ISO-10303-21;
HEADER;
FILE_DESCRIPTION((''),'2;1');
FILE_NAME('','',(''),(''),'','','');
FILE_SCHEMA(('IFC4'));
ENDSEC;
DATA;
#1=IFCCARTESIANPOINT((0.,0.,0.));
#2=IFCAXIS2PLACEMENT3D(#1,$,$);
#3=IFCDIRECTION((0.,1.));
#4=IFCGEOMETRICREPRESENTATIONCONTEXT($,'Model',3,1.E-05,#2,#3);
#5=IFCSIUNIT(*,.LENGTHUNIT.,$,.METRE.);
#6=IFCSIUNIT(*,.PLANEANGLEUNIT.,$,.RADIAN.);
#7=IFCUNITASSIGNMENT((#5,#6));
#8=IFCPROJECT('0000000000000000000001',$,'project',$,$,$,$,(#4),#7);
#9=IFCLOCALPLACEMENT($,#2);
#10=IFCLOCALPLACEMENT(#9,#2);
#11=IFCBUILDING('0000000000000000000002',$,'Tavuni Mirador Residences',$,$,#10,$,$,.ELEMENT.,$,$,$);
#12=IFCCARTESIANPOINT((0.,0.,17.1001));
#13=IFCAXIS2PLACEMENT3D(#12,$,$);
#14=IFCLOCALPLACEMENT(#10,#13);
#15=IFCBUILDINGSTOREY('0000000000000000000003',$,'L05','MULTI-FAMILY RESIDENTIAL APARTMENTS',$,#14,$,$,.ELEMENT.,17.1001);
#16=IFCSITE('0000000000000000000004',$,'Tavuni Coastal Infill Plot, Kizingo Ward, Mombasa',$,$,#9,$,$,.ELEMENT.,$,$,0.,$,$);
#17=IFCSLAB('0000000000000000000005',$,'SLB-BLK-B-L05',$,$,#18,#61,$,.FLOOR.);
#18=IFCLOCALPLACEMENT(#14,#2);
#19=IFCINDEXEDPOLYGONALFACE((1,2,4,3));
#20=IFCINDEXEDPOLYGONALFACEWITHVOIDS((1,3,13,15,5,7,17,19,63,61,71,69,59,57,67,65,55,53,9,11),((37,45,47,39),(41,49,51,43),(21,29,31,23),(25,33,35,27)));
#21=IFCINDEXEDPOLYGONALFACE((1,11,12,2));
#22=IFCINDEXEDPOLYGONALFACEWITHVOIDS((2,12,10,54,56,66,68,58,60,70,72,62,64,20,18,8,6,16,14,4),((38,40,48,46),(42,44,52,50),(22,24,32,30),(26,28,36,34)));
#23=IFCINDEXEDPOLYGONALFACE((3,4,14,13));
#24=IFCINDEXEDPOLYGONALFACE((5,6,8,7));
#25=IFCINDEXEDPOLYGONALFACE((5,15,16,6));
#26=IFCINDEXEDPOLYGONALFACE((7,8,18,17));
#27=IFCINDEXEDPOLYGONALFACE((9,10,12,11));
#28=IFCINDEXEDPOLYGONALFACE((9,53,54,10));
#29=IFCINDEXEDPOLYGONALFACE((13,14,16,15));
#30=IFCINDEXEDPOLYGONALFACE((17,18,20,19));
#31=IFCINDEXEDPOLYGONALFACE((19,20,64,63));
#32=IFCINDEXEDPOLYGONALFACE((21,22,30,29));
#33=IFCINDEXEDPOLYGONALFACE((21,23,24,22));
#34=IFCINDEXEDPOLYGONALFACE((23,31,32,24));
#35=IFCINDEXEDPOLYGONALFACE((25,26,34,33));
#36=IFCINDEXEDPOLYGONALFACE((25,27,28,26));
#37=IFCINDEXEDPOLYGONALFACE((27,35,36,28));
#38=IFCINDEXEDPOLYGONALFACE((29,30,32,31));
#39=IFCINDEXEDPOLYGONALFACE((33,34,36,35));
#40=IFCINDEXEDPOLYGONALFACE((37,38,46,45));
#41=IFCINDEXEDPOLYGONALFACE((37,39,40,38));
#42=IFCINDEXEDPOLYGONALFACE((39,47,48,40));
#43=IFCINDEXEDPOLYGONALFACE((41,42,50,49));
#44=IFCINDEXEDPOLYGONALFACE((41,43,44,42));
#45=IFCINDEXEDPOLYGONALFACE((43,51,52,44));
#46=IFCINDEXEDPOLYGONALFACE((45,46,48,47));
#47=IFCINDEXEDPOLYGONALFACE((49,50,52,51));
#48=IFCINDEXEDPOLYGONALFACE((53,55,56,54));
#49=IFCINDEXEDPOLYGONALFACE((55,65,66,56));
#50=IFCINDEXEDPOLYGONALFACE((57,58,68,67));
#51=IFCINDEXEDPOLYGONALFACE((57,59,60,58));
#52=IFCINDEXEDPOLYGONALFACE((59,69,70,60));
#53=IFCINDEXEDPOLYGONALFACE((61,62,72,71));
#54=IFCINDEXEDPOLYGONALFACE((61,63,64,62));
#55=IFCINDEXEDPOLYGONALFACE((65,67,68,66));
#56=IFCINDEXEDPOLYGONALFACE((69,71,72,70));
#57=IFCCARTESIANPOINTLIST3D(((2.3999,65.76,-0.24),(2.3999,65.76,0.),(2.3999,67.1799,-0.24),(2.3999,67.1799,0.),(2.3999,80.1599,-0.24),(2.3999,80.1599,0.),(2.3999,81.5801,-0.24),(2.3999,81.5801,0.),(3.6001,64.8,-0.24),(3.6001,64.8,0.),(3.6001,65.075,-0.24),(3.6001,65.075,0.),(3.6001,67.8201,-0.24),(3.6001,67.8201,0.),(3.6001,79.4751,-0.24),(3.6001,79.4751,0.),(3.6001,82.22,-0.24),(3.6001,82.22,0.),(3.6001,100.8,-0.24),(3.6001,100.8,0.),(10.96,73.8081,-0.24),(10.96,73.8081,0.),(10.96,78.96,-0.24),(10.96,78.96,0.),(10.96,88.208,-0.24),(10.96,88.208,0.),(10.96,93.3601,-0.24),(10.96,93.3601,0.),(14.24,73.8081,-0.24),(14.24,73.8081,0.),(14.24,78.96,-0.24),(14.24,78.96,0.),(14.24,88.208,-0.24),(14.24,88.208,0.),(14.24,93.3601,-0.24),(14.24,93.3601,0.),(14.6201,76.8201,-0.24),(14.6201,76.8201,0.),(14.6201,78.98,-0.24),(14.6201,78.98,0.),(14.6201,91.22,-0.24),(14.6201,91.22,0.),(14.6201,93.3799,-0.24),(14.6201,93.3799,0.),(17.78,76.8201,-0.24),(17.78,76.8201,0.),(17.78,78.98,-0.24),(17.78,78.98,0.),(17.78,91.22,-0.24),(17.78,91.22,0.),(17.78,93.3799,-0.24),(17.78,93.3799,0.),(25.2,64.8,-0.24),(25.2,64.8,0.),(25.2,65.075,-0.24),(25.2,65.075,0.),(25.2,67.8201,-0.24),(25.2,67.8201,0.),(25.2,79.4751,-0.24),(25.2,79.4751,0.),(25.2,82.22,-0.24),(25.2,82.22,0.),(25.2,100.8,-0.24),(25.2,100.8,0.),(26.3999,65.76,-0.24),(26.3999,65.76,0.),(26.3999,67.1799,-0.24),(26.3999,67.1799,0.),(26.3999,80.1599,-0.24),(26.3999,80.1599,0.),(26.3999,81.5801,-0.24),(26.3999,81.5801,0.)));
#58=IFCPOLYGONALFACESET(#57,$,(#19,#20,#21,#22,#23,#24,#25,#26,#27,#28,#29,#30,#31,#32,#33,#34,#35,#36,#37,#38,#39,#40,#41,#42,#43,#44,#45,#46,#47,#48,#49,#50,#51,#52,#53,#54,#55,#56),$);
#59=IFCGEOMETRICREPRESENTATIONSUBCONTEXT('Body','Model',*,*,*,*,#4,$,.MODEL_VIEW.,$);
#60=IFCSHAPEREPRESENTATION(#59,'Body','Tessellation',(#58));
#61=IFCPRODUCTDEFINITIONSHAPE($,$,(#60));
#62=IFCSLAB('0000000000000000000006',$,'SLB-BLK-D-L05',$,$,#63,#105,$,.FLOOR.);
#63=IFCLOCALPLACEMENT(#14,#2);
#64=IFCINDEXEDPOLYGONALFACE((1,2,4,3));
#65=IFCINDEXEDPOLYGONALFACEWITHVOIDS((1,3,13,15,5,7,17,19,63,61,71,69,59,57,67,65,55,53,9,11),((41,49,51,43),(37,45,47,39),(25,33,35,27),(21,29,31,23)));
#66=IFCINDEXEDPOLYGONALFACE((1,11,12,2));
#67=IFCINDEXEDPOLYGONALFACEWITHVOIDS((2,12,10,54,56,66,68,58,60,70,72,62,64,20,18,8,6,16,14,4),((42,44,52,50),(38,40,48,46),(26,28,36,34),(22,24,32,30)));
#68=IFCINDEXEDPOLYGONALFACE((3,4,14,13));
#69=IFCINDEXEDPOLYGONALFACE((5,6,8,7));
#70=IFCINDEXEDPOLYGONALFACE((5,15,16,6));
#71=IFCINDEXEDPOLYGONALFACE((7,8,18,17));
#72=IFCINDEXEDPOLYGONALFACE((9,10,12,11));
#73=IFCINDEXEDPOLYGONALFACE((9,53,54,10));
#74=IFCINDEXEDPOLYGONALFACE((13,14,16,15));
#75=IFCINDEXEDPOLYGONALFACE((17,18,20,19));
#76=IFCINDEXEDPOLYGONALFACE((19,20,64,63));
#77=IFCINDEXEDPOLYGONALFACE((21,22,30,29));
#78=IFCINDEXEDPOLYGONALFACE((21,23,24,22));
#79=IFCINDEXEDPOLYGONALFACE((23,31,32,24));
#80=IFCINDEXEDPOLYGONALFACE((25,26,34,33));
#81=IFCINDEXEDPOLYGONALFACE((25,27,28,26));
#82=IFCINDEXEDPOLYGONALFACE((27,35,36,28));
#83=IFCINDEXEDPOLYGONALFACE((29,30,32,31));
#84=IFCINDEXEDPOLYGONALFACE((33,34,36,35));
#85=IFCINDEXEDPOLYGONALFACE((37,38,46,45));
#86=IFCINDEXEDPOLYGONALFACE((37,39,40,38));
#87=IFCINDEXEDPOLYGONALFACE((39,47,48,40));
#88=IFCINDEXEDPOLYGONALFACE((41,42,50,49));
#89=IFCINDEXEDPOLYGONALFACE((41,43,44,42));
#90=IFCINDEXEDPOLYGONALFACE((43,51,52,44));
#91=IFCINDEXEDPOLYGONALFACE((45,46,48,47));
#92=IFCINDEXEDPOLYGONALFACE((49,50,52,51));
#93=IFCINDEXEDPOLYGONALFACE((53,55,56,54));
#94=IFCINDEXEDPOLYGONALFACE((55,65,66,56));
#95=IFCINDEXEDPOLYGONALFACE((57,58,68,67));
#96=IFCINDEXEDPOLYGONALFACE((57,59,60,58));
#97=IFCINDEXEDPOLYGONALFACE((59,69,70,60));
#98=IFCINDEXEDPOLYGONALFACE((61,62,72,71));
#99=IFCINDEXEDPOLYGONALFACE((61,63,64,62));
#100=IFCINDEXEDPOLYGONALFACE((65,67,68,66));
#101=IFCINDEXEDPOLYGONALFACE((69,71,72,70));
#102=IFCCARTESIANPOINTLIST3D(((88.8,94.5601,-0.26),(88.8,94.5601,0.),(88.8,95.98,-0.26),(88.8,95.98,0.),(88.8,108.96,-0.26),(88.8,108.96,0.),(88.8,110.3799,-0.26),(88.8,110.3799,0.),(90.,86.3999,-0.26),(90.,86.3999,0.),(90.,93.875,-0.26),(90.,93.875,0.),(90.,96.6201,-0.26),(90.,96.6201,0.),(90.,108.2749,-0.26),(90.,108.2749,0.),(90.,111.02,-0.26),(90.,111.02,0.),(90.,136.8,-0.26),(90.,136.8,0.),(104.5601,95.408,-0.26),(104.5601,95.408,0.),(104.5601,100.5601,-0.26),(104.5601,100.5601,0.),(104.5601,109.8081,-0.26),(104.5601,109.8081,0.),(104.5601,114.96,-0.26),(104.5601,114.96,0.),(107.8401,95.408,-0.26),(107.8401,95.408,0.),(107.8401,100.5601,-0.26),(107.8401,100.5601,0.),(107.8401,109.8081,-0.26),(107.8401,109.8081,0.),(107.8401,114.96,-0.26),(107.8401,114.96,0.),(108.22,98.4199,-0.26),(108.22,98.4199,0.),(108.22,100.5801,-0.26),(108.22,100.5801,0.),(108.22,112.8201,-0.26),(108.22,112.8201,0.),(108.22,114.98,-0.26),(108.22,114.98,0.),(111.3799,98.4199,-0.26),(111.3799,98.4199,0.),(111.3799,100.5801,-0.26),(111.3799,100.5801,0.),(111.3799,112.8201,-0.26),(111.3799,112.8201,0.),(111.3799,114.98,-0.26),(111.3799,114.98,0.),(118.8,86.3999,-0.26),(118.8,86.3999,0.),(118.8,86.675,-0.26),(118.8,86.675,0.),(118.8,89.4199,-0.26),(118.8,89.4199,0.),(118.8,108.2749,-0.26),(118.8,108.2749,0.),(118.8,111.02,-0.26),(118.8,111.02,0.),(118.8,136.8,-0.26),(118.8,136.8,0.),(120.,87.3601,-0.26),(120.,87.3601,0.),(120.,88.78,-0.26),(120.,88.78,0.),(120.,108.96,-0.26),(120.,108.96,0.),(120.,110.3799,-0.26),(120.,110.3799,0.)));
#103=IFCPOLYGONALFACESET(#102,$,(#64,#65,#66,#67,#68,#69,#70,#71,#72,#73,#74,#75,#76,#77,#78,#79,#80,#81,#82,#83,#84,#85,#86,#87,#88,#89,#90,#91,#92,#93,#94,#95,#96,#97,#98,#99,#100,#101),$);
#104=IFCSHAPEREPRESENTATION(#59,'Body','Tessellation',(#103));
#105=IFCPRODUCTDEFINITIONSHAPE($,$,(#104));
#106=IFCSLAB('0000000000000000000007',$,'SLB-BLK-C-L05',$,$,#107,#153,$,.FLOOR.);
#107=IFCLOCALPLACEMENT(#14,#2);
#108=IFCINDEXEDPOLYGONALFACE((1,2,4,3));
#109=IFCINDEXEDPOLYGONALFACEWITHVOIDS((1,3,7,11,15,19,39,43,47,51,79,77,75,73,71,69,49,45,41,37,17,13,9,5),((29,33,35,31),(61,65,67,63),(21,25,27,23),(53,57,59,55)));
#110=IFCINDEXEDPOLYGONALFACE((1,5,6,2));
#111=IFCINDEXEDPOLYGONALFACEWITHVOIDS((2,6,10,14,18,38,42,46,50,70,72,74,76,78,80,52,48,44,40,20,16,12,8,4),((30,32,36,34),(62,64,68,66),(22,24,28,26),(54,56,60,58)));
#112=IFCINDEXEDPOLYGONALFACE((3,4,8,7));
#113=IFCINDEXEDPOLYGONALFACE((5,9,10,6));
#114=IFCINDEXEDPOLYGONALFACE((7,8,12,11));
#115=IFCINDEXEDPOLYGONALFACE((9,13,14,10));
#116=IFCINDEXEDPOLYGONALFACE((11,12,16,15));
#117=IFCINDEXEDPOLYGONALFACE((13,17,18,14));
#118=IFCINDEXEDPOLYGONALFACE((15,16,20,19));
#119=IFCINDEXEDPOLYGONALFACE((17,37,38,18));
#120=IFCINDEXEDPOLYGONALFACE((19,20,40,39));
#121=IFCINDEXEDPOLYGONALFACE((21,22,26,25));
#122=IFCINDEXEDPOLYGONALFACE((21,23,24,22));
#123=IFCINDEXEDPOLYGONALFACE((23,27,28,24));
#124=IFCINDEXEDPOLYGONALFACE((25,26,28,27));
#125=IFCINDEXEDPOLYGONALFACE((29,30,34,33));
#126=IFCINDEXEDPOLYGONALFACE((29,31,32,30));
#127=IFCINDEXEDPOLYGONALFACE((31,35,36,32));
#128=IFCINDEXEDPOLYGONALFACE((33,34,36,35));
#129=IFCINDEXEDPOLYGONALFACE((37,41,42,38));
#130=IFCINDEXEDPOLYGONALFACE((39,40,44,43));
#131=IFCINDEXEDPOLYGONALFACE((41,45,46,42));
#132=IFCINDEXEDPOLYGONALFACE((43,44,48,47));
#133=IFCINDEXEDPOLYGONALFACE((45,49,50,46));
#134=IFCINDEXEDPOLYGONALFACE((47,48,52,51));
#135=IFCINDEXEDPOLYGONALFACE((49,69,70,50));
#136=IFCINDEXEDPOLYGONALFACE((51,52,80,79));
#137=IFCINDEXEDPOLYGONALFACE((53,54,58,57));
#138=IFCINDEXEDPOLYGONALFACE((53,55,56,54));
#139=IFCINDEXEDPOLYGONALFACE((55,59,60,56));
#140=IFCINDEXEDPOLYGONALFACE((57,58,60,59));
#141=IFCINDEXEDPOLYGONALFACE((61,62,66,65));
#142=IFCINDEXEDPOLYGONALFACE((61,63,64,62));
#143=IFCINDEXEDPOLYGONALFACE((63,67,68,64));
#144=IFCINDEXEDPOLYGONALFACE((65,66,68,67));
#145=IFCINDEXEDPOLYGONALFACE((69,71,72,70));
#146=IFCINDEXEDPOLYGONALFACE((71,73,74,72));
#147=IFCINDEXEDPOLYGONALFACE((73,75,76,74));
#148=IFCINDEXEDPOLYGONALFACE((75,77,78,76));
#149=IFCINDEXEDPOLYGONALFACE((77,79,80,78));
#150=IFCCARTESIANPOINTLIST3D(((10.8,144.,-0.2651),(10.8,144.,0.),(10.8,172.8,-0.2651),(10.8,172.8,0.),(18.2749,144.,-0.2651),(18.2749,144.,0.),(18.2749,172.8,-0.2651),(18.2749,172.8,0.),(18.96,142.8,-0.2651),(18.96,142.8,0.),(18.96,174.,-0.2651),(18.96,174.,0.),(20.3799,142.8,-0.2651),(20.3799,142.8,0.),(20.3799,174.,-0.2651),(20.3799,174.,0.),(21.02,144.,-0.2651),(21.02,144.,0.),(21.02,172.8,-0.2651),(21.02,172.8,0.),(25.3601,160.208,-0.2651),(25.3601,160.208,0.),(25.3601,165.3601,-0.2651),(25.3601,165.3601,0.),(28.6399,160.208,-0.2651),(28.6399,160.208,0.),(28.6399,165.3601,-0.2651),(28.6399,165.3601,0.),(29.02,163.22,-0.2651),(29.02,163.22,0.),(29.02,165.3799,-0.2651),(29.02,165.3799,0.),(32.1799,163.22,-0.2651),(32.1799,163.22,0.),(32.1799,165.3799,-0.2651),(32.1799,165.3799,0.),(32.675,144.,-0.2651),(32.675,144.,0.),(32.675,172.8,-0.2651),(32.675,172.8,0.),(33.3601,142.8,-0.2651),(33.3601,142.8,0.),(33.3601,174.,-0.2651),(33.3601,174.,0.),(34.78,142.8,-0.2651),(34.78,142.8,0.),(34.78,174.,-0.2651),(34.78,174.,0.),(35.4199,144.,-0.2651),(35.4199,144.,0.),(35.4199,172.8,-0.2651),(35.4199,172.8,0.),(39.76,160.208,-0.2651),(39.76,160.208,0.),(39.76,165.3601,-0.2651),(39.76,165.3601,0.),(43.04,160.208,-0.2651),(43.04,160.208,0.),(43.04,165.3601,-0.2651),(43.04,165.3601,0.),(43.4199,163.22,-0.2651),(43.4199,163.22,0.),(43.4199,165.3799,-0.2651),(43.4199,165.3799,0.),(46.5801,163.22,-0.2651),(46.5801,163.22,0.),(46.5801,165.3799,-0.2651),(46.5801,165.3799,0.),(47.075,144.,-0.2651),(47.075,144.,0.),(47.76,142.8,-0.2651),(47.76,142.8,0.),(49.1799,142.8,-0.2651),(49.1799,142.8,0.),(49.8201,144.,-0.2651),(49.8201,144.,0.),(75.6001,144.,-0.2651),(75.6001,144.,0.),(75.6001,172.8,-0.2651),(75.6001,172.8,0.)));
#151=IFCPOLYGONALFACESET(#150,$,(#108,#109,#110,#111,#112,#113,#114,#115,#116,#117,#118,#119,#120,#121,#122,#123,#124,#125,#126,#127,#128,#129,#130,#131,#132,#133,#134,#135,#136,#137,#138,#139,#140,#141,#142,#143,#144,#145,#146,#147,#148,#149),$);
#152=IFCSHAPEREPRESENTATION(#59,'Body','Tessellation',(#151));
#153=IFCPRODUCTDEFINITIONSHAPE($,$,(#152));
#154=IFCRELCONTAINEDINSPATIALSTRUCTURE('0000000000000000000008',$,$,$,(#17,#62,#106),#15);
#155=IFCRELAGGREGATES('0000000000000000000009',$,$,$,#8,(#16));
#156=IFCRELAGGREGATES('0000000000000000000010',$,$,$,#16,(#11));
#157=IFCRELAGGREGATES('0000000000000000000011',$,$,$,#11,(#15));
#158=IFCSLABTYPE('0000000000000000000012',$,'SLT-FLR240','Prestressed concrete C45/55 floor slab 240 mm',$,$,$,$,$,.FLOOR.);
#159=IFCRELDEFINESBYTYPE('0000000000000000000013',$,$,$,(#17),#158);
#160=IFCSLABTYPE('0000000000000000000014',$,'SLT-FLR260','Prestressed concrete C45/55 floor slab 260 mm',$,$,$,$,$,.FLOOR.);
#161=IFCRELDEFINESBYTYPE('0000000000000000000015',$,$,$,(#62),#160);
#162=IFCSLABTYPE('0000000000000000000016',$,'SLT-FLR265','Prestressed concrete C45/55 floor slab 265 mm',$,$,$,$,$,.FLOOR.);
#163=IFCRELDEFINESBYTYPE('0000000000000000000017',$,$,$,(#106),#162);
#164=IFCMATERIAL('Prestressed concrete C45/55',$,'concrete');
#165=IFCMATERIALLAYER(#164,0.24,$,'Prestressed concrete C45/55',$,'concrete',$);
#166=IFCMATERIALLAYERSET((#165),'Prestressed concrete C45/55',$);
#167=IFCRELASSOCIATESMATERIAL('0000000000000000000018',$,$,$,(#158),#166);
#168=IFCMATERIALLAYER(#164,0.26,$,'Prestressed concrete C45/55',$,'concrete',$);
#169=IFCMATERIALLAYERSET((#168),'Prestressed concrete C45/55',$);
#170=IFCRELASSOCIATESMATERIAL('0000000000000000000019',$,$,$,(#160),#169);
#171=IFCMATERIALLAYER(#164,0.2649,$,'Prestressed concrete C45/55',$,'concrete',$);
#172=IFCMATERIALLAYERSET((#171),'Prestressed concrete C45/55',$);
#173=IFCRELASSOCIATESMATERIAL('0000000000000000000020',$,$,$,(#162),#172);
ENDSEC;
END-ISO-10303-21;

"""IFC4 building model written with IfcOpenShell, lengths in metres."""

from ifc_helpers import new_model, si_unit, direction, frame, origin, place, context, subcontext, project, spatial, polyline, outline, extrude, material, layer, layer_set, type_object, element, save


model = new_model("IFC4")

# Units and contexts
model_context = context("Model", 3, precision=1e-05, world=origin(), true_north=direction((0.0, 1.0)))
body_context = subcontext(model_context, "Body", "Model", "MODEL_VIEW")
ifc_project = project(units=[si_unit("LENGTHUNIT", "METRE"), si_unit("PLANEANGLEUNIT", "RADIAN")], contexts=[model_context])

# Site, building, storey
site_placement = place(None, origin())
site = spatial("IfcSite", under=ifc_project, at=site_placement, Name="Tavuni Coastal Infill Plot, Kizingo Ward, Mombasa", CompositionType="ELEMENT", RefElevation=0.0)
building_placement = place(site_placement, origin())
building = spatial("IfcBuilding", under=site, at=building_placement, Name="Tavuni Mirador Residences", CompositionType="ELEMENT")
storey_placement = place(building_placement, frame((0.0, 0.0, 17.1001)))
storey = spatial("IfcBuildingStorey", under=building, at=storey_placement, Name="L05", Description="MULTI-FAMILY RESIDENTIAL APARTMENTS", CompositionType="ELEMENT", Elevation=17.1001)

# Slabs
ifc_material_1 = material(Name="Prestressed concrete C45/55", Category="concrete")
ifc_layer_1 = layer(ifc_material_1, 0.24, Name="Prestressed concrete C45/55", Category="concrete")
ifc_layer_set_1 = layer_set([ifc_layer_1], Name="Prestressed concrete C45/55")
slab_type_1 = type_object("IfcSlabType", Name="SLT-FLR240", Description="Prestressed concrete C45/55 floor slab 240 mm", PredefinedType="FLOOR", material=ifc_layer_set_1)
slab_1_placement = place(storey_placement, frame((0.0, 0.0, -0.24)))
element("IfcSlab", 1, at=slab_1_placement, inside=storey, type_object=slab_type_1, Name="SLB-BLK-B-L05", PredefinedType="FLOOR", context=body_context, shape_type="SweptSolid", body=[
    extrude(outline(polyline([(3.6001, 64.8), (25.2, 64.8), (25.2, 65.075), (26.3999, 65.76), (26.3999, 67.1799), (25.2, 67.8201), (25.2, 79.4751), (26.3999, 80.1599), (26.3999, 81.5801), (25.2, 82.22), (25.2, 100.8), (3.6001, 100.8), (3.6001, 82.22), (2.3999, 81.5801), (2.3999, 80.1599), (3.6001, 79.4751), (3.6001, 67.8201), (2.3999, 67.1799), (2.3999, 65.76), (3.6001, 65.075), (3.6001, 64.8)]), holes=[polyline([(10.96, 73.8081), (14.24, 73.8081), (14.24, 78.96), (10.96, 78.96), (10.96, 73.8081)]), polyline([(14.6201, 76.8201), (17.78, 76.8201), (17.78, 78.98), (14.6201, 78.98), (14.6201, 76.8201)]), polyline([(10.96, 88.208), (14.24, 88.208), (14.24, 93.3601), (10.96, 93.3601), (10.96, 88.208)]), polyline([(14.6201, 91.22), (17.78, 91.22), (17.78, 93.3799), (14.6201, 93.3799), (14.6201, 91.22)])]), origin(), (0.0, 0.0, 1.0), 0.24),
])
ifc_layer_2 = layer(ifc_material_1, 0.26, Name="Prestressed concrete C45/55", Category="concrete")
ifc_layer_set_2 = layer_set([ifc_layer_2], Name="Prestressed concrete C45/55")
slab_type_2 = type_object("IfcSlabType", Name="SLT-FLR260", Description="Prestressed concrete C45/55 floor slab 260 mm", PredefinedType="FLOOR", material=ifc_layer_set_2)
slab_2_placement = place(storey_placement, frame((0.0, 0.0, -0.26)))
element("IfcSlab", 2, at=slab_2_placement, inside=storey, type_object=slab_type_2, Name="SLB-BLK-D-L05", PredefinedType="FLOOR", context=body_context, shape_type="SweptSolid", body=[
    extrude(outline(polyline([(90.0, 86.3999), (118.8, 86.3999), (118.8, 86.675), (120.0, 87.3601), (120.0, 88.78), (118.8, 89.4199), (118.8, 108.2749), (120.0, 108.96), (120.0, 110.3799), (118.8, 111.02), (118.8, 136.8), (90.0, 136.8), (90.0, 111.02), (88.8, 110.3799), (88.8, 108.96), (90.0, 108.2749), (90.0, 96.6201), (88.8, 95.98), (88.8, 94.5601), (90.0, 93.875), (90.0, 86.3999)]), holes=[polyline([(104.5601, 95.408), (107.8401, 95.408), (107.8401, 100.5601), (104.5601, 100.5601), (104.5601, 95.408)]), polyline([(108.22, 98.4199), (111.3799, 98.4199), (111.3799, 100.5801), (108.22, 100.5801), (108.22, 98.4199)]), polyline([(104.5601, 109.8081), (107.8401, 109.8081), (107.8401, 114.96), (104.5601, 114.96), (104.5601, 109.8081)]), polyline([(108.22, 112.8201), (111.3799, 112.8201), (111.3799, 114.98), (108.22, 114.98), (108.22, 112.8201)])]), origin(), (0.0, 0.0, 1.0), 0.26),
])
ifc_layer_3 = layer(ifc_material_1, 0.2649, Name="Prestressed concrete C45/55", Category="concrete")
ifc_layer_set_3 = layer_set([ifc_layer_3], Name="Prestressed concrete C45/55")
slab_type_3 = type_object("IfcSlabType", Name="SLT-FLR265", Description="Prestressed concrete C45/55 floor slab 265 mm", PredefinedType="FLOOR", material=ifc_layer_set_3)
slab_3_placement = place(storey_placement, frame((0.0, 0.0, -0.2651)))
element("IfcSlab", 3, at=slab_3_placement, inside=storey, type_object=slab_type_3, Name="SLB-BLK-C-L05", PredefinedType="FLOOR", context=body_context, shape_type="SweptSolid", body=[
    extrude(outline(polyline([(10.8, 144.0), (18.2749, 144.0), (18.96, 142.8), (20.3799, 142.8), (21.02, 144.0), (32.675, 144.0), (33.3601, 142.8), (34.78, 142.8), (35.4199, 144.0), (47.075, 144.0), (47.76, 142.8), (49.1799, 142.8), (49.8201, 144.0), (75.6001, 144.0), (75.6001, 172.8), (35.4199, 172.8), (34.78, 174.0), (33.3601, 174.0), (32.675, 172.8), (21.02, 172.8), (20.3799, 174.0), (18.96, 174.0), (18.2749, 172.8), (10.8, 172.8), (10.8, 144.0)]), holes=[polyline([(25.3601, 160.208), (28.6399, 160.208), (28.6399, 165.3601), (25.3601, 165.3601), (25.3601, 160.208)]), polyline([(29.02, 163.22), (32.1799, 163.22), (32.1799, 165.3799), (29.02, 165.3799), (29.02, 163.22)]), polyline([(39.76, 160.208), (43.04, 160.208), (43.04, 165.3601), (39.76, 165.3601), (39.76, 160.208)]), polyline([(43.4199, 163.22), (46.5801, 163.22), (46.5801, 165.3799), (43.4199, 165.3799), (43.4199, 163.22)])]), origin(), (0.0, 0.0, 1.0), 0.2651),
])

save(model, "model.ifc")
